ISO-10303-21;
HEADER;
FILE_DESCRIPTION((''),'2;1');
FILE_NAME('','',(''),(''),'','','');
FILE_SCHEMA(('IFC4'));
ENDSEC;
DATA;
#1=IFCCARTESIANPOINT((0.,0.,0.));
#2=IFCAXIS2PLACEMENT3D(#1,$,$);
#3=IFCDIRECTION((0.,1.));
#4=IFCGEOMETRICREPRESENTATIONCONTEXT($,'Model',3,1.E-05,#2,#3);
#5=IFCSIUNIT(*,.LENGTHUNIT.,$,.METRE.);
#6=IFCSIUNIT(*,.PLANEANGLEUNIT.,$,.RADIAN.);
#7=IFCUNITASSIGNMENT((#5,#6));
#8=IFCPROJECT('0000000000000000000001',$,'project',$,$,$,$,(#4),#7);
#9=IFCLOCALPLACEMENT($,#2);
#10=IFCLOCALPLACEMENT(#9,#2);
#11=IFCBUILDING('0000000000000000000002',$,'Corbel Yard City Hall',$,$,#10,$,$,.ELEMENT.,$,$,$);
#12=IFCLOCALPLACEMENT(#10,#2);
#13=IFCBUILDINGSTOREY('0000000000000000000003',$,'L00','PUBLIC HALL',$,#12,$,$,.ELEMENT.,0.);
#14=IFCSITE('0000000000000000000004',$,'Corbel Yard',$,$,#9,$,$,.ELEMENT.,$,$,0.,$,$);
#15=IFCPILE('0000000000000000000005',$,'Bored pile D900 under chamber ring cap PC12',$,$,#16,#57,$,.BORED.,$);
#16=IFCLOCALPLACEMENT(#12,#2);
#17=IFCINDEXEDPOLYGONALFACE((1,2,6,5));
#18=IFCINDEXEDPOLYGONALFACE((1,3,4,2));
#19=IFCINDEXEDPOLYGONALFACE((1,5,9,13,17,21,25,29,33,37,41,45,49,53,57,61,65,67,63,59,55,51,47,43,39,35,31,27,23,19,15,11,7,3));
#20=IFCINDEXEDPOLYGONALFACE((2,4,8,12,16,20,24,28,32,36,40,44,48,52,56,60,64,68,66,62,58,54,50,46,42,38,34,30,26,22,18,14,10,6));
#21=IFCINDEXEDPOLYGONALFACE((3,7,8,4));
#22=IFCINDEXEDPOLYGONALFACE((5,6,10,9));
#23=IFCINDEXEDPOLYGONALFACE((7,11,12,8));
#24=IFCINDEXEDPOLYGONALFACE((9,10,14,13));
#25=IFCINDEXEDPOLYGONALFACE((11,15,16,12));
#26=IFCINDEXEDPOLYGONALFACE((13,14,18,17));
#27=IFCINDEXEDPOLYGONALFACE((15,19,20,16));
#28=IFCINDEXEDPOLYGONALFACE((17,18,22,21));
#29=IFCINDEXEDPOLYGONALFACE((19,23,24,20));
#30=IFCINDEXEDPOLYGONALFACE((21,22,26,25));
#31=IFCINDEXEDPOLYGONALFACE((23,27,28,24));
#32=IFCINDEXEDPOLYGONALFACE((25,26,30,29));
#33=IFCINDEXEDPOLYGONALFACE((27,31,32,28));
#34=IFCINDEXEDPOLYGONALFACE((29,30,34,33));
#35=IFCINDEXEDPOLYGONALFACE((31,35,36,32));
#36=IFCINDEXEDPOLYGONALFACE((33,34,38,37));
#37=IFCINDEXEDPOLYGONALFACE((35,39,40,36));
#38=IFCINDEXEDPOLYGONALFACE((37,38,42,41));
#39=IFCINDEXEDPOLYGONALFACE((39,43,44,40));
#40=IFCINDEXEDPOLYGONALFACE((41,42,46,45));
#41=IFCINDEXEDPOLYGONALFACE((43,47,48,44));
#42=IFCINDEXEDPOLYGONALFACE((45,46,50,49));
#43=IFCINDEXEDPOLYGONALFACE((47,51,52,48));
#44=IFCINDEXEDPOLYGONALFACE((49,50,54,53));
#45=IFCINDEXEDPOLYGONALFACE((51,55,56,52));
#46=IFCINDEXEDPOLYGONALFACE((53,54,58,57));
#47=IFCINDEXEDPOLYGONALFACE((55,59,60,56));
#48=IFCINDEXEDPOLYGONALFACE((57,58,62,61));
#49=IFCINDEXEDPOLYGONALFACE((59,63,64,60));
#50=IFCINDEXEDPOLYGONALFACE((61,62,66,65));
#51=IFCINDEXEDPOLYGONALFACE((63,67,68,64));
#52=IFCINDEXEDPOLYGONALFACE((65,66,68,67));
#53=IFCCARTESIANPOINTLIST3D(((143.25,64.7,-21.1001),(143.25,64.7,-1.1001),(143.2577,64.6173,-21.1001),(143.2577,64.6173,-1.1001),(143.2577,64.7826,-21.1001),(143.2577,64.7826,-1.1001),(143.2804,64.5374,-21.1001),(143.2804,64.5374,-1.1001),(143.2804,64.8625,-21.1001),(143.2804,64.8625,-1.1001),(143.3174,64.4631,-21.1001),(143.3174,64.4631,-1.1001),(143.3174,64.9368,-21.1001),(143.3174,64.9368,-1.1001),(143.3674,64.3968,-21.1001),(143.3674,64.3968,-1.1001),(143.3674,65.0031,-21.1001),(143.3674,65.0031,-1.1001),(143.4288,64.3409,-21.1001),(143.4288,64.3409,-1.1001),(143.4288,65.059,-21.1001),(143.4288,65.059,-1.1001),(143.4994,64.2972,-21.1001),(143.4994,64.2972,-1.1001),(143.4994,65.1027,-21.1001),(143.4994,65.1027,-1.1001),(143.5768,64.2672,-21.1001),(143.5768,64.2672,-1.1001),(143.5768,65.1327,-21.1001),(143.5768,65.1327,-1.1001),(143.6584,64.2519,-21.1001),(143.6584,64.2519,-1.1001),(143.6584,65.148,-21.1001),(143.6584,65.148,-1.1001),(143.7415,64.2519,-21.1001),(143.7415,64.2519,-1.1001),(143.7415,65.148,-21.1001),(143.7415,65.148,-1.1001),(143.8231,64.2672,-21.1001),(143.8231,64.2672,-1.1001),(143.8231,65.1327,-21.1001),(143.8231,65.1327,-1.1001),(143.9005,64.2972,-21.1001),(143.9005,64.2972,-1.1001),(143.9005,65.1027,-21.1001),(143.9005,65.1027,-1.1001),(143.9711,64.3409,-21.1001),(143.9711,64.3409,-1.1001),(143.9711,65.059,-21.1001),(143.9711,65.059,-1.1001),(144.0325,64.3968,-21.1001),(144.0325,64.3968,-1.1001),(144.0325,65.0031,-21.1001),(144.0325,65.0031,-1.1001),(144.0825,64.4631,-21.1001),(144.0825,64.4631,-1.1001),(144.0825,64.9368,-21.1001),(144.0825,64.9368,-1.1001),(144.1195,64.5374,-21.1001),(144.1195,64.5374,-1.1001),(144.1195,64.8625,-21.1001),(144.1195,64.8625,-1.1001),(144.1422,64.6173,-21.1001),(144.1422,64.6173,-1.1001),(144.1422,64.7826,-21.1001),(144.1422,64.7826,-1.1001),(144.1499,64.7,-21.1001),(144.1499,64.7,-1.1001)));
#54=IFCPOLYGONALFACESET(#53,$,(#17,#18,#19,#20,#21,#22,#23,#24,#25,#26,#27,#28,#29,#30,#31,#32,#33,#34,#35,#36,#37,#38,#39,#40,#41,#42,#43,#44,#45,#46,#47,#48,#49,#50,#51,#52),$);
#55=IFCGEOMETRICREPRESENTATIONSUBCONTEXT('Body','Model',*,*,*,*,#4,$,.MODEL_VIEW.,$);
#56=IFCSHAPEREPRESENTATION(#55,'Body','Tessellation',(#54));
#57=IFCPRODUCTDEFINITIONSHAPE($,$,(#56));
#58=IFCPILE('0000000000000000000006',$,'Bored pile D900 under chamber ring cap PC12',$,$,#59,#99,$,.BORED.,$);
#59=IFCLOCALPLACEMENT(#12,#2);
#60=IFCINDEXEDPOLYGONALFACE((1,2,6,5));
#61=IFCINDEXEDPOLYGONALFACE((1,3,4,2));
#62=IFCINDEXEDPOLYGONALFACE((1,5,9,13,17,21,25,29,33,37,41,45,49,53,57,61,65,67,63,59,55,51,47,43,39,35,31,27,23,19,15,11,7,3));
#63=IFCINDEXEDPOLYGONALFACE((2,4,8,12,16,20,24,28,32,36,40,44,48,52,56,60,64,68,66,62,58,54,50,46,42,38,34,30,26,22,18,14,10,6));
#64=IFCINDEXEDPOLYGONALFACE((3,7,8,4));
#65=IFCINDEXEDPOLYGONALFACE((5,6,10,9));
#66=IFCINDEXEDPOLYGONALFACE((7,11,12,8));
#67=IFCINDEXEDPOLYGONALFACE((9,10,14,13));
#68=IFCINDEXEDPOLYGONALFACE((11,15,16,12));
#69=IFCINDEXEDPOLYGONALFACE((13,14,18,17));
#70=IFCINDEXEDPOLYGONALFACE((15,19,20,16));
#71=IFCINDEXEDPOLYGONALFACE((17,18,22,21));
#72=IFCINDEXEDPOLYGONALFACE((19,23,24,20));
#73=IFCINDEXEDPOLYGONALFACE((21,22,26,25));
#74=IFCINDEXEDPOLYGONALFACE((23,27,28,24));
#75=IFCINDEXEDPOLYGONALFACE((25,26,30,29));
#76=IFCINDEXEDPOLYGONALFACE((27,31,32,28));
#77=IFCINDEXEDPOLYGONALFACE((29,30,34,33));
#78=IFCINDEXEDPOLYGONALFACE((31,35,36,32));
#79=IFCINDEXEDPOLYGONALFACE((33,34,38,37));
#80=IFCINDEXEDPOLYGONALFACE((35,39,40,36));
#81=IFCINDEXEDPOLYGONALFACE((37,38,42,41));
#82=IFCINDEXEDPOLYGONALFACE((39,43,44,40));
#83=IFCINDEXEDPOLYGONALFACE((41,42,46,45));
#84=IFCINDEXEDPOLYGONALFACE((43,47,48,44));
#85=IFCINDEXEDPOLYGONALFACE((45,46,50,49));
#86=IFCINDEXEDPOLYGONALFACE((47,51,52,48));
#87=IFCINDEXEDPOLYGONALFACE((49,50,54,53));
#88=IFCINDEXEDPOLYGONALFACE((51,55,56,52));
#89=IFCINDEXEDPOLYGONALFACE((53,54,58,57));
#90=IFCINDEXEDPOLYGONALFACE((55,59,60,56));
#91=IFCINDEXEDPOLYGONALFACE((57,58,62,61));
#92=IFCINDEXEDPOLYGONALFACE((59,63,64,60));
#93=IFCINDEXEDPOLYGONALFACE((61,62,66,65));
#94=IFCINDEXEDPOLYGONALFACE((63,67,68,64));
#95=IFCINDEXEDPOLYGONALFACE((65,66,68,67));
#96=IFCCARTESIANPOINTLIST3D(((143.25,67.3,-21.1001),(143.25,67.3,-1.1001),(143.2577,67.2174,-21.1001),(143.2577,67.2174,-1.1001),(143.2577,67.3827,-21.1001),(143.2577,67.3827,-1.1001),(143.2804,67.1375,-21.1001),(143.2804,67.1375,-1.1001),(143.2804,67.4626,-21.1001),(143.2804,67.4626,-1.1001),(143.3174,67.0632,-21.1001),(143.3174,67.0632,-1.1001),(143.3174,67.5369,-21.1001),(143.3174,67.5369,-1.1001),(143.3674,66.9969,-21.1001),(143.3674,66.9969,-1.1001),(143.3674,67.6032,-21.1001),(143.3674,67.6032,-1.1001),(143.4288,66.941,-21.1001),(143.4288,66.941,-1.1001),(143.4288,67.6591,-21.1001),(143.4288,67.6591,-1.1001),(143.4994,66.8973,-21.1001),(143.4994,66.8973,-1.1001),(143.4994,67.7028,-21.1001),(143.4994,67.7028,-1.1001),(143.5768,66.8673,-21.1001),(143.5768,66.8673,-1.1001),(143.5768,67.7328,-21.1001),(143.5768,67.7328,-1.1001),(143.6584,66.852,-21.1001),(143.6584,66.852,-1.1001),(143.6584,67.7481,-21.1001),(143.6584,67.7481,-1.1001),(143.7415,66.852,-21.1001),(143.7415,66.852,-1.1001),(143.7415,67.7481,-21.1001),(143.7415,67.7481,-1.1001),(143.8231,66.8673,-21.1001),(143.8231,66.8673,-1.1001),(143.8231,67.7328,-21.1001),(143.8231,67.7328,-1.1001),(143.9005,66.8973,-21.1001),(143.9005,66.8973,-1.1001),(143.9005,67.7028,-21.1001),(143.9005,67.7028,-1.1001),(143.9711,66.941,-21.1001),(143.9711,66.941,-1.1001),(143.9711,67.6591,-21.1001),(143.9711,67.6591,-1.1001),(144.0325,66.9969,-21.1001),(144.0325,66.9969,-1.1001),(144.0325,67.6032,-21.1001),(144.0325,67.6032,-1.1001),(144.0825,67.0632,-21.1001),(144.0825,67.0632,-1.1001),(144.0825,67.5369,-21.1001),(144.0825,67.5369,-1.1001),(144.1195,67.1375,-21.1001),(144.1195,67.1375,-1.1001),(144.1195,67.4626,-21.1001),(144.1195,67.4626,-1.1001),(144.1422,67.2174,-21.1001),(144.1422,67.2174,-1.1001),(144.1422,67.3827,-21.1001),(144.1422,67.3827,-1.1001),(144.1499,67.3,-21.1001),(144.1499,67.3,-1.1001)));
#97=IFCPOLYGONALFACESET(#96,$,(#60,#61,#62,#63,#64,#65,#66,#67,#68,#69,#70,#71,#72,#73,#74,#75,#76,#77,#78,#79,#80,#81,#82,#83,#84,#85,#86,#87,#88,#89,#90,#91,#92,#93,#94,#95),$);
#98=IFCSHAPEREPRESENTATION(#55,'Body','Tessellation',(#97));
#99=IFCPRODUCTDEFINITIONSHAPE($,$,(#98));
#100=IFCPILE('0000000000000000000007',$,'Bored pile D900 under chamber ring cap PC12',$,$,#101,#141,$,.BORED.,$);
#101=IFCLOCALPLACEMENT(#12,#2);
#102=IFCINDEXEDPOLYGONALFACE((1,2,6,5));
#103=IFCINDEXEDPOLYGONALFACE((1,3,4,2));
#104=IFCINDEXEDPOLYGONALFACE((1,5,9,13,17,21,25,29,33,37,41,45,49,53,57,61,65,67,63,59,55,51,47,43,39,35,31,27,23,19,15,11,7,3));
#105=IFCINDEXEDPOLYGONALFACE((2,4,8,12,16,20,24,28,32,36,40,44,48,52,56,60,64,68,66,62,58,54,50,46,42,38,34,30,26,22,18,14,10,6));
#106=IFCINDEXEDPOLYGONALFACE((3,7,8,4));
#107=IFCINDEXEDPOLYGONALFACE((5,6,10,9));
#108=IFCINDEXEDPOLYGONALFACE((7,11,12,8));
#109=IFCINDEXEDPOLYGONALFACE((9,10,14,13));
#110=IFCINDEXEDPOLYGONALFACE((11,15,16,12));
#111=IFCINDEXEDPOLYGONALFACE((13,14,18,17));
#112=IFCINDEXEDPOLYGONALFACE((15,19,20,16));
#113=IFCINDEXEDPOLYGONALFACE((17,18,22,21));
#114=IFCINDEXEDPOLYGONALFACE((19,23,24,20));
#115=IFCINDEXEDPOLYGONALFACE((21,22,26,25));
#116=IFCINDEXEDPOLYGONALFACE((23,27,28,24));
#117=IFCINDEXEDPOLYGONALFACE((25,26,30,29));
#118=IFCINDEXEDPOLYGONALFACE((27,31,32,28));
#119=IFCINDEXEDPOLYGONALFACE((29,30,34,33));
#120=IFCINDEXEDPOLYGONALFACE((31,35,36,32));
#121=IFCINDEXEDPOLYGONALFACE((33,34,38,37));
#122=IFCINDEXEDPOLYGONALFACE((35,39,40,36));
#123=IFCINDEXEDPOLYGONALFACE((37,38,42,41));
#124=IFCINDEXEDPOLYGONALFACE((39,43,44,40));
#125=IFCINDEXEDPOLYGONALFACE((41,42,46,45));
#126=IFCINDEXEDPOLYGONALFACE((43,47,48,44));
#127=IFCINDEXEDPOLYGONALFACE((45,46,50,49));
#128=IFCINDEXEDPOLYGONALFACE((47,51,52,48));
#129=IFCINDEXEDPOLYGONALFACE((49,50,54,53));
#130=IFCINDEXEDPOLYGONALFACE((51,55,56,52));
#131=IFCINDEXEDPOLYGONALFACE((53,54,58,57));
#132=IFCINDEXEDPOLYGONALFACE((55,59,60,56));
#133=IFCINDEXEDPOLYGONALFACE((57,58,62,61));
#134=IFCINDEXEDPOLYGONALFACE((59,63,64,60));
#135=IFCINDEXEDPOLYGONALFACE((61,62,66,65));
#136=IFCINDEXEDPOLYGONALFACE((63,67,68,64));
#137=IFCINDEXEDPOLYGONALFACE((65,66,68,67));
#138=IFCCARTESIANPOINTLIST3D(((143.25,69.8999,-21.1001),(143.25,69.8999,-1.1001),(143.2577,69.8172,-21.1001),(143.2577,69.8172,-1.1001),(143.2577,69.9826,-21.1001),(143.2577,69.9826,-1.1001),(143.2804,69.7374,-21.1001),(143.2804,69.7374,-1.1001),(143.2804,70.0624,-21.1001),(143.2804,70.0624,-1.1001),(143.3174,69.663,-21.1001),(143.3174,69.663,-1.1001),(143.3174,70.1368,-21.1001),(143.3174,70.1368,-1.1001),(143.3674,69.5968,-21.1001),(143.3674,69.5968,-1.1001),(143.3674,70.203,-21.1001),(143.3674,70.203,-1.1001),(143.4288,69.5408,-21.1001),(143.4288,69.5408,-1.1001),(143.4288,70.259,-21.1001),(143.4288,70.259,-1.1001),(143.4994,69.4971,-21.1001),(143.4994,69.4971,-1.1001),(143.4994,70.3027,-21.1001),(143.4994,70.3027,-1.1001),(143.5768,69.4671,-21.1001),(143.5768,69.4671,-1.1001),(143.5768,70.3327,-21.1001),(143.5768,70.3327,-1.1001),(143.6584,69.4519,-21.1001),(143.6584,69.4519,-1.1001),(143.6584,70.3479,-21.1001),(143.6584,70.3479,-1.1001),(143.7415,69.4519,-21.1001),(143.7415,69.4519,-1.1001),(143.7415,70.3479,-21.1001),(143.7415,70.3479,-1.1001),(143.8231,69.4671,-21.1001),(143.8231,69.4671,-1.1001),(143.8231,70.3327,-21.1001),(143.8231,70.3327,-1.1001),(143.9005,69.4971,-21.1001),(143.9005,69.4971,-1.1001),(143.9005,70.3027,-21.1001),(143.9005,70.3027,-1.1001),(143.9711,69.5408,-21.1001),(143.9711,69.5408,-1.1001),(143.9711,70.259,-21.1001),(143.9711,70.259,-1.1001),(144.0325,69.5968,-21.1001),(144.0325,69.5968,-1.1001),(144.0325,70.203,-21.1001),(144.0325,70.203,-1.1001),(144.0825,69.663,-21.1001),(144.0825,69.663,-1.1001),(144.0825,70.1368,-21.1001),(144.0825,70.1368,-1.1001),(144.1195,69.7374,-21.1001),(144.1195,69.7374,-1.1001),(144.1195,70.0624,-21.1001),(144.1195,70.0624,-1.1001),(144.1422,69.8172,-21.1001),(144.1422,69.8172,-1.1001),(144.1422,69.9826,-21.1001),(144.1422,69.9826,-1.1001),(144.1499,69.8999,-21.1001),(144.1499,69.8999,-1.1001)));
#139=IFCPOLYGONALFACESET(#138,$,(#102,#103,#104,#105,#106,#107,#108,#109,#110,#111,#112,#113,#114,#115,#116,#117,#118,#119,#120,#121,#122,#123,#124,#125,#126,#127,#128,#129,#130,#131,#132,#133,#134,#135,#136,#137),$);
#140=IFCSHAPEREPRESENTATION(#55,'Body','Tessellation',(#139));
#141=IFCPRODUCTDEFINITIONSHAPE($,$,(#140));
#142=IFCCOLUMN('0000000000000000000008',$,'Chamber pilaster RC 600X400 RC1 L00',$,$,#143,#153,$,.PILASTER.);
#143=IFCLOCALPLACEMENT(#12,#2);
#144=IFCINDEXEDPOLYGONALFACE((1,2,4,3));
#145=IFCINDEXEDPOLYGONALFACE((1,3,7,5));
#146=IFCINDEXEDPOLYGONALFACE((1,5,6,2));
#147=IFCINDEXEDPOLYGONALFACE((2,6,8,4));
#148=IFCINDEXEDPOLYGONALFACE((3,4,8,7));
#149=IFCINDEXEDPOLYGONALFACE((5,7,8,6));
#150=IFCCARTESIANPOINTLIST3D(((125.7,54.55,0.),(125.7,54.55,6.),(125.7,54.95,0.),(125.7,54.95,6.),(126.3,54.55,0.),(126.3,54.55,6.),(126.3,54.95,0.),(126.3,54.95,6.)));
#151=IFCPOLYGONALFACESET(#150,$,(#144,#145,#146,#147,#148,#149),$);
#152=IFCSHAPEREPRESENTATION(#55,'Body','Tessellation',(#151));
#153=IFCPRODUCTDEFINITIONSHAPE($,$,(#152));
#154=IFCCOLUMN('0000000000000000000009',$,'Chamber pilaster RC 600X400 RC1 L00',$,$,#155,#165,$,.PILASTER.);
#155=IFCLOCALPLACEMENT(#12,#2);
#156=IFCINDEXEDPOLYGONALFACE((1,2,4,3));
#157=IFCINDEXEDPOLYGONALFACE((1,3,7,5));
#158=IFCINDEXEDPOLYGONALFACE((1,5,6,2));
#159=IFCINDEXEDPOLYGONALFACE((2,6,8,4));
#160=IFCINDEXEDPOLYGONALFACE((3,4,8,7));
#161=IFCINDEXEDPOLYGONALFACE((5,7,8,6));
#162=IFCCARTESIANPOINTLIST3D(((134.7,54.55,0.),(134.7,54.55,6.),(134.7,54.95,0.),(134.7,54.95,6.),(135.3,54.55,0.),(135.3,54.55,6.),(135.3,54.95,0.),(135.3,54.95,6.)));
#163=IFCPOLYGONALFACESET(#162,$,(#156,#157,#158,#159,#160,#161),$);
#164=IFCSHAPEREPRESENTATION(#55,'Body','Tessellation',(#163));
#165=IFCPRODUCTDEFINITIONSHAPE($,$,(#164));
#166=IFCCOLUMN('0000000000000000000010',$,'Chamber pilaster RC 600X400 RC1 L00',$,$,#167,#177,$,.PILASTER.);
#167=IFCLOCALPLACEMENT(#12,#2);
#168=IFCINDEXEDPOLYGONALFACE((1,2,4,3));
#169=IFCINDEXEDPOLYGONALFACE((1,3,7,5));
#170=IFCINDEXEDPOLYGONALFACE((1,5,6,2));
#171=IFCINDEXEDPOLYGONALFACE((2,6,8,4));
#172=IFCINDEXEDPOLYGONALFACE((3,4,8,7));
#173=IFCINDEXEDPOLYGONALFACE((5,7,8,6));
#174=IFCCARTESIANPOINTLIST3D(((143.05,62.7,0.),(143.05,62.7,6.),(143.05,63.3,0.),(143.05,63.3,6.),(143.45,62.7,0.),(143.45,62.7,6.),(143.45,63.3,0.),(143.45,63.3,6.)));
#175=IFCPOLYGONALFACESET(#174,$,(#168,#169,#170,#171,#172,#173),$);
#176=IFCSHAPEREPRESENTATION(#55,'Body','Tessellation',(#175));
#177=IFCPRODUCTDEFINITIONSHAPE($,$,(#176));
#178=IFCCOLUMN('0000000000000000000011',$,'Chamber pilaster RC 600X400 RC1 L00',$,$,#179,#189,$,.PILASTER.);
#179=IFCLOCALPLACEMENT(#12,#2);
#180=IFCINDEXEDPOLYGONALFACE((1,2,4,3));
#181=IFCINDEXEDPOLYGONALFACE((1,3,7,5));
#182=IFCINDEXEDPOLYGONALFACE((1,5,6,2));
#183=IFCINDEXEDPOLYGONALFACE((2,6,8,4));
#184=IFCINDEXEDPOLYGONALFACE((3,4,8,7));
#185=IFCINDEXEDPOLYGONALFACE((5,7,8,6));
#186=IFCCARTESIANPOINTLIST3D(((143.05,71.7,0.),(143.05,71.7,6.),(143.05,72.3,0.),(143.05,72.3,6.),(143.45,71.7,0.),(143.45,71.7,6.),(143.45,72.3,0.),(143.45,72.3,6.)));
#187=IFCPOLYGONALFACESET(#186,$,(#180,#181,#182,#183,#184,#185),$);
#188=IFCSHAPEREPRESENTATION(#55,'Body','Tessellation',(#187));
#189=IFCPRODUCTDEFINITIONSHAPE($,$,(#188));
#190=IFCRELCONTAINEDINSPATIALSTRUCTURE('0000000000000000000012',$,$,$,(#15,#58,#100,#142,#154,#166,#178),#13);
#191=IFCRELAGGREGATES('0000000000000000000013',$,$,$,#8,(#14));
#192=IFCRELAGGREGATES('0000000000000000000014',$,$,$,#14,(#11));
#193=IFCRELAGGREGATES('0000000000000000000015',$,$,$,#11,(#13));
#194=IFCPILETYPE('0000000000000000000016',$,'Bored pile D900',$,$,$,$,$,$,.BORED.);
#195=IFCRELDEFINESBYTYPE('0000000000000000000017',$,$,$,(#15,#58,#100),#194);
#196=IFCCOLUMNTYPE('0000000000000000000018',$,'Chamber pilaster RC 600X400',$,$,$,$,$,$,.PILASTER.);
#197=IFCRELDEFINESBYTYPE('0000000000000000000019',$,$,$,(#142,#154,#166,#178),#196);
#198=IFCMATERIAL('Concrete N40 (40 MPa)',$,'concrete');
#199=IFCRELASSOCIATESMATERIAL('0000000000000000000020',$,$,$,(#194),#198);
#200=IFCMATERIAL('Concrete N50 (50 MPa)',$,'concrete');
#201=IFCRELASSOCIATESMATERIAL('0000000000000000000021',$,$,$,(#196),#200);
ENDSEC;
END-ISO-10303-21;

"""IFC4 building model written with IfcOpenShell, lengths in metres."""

from ifc_helpers import new_model, si_unit, direction, frame, origin, origin_2d, place, context, subcontext, project, spatial, rectangle, circle, extrude, material, material_profile, profile_set, type_object, element, save


model = new_model("IFC4")

# Units and contexts
model_context = context("Model", 3, precision=1e-05, world=origin(), true_north=direction((0.0, 1.0)))
body_context = subcontext(model_context, "Body", "Model", "MODEL_VIEW")
ifc_project = project(units=[si_unit("LENGTHUNIT", "METRE"), si_unit("PLANEANGLEUNIT", "RADIAN")], contexts=[model_context])

# Site, building, storey
site_placement = place(None, origin())
site = spatial("IfcSite", under=ifc_project, at=site_placement, Name="Corbel Yard", CompositionType="ELEMENT", RefElevation=0.0)
building_placement = place(site_placement, origin())
building = spatial("IfcBuilding", under=site, at=building_placement, Name="Corbel Yard City Hall", CompositionType="ELEMENT")
storey_placement = place(building_placement, origin())
storey = spatial("IfcBuildingStorey", under=building, at=storey_placement, Name="L00", Description="PUBLIC HALL", CompositionType="ELEMENT", Elevation=0.0)

# Piles
ifc_material_1 = material(Name="Concrete N40 (40 MPa)", Category="concrete")
ifc_material_profile_1 = material_profile(ifc_material_1, circle(Radius=0.45, at=origin_2d()), Name="D900")
ifc_profile_set_1 = profile_set([ifc_material_profile_1], Name="Concrete N40 (40 MPa)")
pile_type = type_object("IfcPileType", Name="Bored pile D900", PredefinedType="BORED", material=ifc_profile_set_1)
for number, where, z_axis, x_axis, name in (
    (1, (143.7, 64.7, -1.1001), (0.0, 0.0, -1.0), (1.0, 0.0, 0.0), "Bored pile D900 under chamber ring cap PC12"),
    (2, (143.7, 67.3, -1.1001), (0.0, 0.0, -1.0), (1.0, 0.0, 0.0), "Bored pile D900 under chamber ring cap PC12"),
    (3, (143.7, 69.8999, -1.1001), (0.0, 0.0, -1.0), (1.0, 0.0, 0.0), "Bored pile D900 under chamber ring cap PC12"),
):
    element("IfcPile", number, at=place(storey_placement, frame(where, z_axis=z_axis, x_axis=x_axis)), inside=storey, type_object=pile_type, Name=name, PredefinedType="BORED", context=body_context, shape_type="SweptSolid", body=[
        extrude(circle(Radius=0.45, at=origin_2d()), origin(), (0.0, 0.0, 1.0), 20.0),
    ])

# Columns
ifc_material_2 = material(Name="Concrete N50 (50 MPa)", Category="concrete")
ifc_material_profile_2 = material_profile(ifc_material_2, rectangle(XDim=0.6001, YDim=0.3999, at=origin_2d()), Name="600x400")
ifc_profile_set_2 = profile_set([ifc_material_profile_2], Name="Concrete N50 (50 MPa)")
column_type = type_object("IfcColumnType", Name="Chamber pilaster RC 600X400", PredefinedType="PILASTER", material=ifc_profile_set_2)
for number, where, z_axis, x_axis, name in (
    (4, (126.0, 54.75, 0.0), (0.0, 0.0, 1.0), (1.0, 0.0, 0.0), "Chamber pilaster RC 600X400 RC1 L00"),
    (5, (135.0, 54.75, 0.0), (0.0, 0.0, 1.0), (1.0, 0.0, 0.0), "Chamber pilaster RC 600X400 RC1 L00"),
    (6, (143.25, 63.0, 0.0), (0.0, 0.0, 1.0), (0.0, 1.0, 0.0), "Chamber pilaster RC 600X400 RC1 L00"),
    (7, (143.25, 72.0, 0.0), (0.0, 0.0, 1.0), (0.0, 1.0, 0.0), "Chamber pilaster RC 600X400 RC1 L00"),
):
    element("IfcColumn", number, at=place(storey_placement, frame(where, z_axis=z_axis, x_axis=x_axis)), inside=storey, type_object=column_type, Name=name, PredefinedType="PILASTER", context=body_context, shape_type="SweptSolid", body=[
        extrude(rectangle(XDim=0.6001, YDim=0.3999, at=origin_2d()), origin(), (0.0, 0.0, 1.0), 6.0),
    ])

save(model, "model.ifc")
